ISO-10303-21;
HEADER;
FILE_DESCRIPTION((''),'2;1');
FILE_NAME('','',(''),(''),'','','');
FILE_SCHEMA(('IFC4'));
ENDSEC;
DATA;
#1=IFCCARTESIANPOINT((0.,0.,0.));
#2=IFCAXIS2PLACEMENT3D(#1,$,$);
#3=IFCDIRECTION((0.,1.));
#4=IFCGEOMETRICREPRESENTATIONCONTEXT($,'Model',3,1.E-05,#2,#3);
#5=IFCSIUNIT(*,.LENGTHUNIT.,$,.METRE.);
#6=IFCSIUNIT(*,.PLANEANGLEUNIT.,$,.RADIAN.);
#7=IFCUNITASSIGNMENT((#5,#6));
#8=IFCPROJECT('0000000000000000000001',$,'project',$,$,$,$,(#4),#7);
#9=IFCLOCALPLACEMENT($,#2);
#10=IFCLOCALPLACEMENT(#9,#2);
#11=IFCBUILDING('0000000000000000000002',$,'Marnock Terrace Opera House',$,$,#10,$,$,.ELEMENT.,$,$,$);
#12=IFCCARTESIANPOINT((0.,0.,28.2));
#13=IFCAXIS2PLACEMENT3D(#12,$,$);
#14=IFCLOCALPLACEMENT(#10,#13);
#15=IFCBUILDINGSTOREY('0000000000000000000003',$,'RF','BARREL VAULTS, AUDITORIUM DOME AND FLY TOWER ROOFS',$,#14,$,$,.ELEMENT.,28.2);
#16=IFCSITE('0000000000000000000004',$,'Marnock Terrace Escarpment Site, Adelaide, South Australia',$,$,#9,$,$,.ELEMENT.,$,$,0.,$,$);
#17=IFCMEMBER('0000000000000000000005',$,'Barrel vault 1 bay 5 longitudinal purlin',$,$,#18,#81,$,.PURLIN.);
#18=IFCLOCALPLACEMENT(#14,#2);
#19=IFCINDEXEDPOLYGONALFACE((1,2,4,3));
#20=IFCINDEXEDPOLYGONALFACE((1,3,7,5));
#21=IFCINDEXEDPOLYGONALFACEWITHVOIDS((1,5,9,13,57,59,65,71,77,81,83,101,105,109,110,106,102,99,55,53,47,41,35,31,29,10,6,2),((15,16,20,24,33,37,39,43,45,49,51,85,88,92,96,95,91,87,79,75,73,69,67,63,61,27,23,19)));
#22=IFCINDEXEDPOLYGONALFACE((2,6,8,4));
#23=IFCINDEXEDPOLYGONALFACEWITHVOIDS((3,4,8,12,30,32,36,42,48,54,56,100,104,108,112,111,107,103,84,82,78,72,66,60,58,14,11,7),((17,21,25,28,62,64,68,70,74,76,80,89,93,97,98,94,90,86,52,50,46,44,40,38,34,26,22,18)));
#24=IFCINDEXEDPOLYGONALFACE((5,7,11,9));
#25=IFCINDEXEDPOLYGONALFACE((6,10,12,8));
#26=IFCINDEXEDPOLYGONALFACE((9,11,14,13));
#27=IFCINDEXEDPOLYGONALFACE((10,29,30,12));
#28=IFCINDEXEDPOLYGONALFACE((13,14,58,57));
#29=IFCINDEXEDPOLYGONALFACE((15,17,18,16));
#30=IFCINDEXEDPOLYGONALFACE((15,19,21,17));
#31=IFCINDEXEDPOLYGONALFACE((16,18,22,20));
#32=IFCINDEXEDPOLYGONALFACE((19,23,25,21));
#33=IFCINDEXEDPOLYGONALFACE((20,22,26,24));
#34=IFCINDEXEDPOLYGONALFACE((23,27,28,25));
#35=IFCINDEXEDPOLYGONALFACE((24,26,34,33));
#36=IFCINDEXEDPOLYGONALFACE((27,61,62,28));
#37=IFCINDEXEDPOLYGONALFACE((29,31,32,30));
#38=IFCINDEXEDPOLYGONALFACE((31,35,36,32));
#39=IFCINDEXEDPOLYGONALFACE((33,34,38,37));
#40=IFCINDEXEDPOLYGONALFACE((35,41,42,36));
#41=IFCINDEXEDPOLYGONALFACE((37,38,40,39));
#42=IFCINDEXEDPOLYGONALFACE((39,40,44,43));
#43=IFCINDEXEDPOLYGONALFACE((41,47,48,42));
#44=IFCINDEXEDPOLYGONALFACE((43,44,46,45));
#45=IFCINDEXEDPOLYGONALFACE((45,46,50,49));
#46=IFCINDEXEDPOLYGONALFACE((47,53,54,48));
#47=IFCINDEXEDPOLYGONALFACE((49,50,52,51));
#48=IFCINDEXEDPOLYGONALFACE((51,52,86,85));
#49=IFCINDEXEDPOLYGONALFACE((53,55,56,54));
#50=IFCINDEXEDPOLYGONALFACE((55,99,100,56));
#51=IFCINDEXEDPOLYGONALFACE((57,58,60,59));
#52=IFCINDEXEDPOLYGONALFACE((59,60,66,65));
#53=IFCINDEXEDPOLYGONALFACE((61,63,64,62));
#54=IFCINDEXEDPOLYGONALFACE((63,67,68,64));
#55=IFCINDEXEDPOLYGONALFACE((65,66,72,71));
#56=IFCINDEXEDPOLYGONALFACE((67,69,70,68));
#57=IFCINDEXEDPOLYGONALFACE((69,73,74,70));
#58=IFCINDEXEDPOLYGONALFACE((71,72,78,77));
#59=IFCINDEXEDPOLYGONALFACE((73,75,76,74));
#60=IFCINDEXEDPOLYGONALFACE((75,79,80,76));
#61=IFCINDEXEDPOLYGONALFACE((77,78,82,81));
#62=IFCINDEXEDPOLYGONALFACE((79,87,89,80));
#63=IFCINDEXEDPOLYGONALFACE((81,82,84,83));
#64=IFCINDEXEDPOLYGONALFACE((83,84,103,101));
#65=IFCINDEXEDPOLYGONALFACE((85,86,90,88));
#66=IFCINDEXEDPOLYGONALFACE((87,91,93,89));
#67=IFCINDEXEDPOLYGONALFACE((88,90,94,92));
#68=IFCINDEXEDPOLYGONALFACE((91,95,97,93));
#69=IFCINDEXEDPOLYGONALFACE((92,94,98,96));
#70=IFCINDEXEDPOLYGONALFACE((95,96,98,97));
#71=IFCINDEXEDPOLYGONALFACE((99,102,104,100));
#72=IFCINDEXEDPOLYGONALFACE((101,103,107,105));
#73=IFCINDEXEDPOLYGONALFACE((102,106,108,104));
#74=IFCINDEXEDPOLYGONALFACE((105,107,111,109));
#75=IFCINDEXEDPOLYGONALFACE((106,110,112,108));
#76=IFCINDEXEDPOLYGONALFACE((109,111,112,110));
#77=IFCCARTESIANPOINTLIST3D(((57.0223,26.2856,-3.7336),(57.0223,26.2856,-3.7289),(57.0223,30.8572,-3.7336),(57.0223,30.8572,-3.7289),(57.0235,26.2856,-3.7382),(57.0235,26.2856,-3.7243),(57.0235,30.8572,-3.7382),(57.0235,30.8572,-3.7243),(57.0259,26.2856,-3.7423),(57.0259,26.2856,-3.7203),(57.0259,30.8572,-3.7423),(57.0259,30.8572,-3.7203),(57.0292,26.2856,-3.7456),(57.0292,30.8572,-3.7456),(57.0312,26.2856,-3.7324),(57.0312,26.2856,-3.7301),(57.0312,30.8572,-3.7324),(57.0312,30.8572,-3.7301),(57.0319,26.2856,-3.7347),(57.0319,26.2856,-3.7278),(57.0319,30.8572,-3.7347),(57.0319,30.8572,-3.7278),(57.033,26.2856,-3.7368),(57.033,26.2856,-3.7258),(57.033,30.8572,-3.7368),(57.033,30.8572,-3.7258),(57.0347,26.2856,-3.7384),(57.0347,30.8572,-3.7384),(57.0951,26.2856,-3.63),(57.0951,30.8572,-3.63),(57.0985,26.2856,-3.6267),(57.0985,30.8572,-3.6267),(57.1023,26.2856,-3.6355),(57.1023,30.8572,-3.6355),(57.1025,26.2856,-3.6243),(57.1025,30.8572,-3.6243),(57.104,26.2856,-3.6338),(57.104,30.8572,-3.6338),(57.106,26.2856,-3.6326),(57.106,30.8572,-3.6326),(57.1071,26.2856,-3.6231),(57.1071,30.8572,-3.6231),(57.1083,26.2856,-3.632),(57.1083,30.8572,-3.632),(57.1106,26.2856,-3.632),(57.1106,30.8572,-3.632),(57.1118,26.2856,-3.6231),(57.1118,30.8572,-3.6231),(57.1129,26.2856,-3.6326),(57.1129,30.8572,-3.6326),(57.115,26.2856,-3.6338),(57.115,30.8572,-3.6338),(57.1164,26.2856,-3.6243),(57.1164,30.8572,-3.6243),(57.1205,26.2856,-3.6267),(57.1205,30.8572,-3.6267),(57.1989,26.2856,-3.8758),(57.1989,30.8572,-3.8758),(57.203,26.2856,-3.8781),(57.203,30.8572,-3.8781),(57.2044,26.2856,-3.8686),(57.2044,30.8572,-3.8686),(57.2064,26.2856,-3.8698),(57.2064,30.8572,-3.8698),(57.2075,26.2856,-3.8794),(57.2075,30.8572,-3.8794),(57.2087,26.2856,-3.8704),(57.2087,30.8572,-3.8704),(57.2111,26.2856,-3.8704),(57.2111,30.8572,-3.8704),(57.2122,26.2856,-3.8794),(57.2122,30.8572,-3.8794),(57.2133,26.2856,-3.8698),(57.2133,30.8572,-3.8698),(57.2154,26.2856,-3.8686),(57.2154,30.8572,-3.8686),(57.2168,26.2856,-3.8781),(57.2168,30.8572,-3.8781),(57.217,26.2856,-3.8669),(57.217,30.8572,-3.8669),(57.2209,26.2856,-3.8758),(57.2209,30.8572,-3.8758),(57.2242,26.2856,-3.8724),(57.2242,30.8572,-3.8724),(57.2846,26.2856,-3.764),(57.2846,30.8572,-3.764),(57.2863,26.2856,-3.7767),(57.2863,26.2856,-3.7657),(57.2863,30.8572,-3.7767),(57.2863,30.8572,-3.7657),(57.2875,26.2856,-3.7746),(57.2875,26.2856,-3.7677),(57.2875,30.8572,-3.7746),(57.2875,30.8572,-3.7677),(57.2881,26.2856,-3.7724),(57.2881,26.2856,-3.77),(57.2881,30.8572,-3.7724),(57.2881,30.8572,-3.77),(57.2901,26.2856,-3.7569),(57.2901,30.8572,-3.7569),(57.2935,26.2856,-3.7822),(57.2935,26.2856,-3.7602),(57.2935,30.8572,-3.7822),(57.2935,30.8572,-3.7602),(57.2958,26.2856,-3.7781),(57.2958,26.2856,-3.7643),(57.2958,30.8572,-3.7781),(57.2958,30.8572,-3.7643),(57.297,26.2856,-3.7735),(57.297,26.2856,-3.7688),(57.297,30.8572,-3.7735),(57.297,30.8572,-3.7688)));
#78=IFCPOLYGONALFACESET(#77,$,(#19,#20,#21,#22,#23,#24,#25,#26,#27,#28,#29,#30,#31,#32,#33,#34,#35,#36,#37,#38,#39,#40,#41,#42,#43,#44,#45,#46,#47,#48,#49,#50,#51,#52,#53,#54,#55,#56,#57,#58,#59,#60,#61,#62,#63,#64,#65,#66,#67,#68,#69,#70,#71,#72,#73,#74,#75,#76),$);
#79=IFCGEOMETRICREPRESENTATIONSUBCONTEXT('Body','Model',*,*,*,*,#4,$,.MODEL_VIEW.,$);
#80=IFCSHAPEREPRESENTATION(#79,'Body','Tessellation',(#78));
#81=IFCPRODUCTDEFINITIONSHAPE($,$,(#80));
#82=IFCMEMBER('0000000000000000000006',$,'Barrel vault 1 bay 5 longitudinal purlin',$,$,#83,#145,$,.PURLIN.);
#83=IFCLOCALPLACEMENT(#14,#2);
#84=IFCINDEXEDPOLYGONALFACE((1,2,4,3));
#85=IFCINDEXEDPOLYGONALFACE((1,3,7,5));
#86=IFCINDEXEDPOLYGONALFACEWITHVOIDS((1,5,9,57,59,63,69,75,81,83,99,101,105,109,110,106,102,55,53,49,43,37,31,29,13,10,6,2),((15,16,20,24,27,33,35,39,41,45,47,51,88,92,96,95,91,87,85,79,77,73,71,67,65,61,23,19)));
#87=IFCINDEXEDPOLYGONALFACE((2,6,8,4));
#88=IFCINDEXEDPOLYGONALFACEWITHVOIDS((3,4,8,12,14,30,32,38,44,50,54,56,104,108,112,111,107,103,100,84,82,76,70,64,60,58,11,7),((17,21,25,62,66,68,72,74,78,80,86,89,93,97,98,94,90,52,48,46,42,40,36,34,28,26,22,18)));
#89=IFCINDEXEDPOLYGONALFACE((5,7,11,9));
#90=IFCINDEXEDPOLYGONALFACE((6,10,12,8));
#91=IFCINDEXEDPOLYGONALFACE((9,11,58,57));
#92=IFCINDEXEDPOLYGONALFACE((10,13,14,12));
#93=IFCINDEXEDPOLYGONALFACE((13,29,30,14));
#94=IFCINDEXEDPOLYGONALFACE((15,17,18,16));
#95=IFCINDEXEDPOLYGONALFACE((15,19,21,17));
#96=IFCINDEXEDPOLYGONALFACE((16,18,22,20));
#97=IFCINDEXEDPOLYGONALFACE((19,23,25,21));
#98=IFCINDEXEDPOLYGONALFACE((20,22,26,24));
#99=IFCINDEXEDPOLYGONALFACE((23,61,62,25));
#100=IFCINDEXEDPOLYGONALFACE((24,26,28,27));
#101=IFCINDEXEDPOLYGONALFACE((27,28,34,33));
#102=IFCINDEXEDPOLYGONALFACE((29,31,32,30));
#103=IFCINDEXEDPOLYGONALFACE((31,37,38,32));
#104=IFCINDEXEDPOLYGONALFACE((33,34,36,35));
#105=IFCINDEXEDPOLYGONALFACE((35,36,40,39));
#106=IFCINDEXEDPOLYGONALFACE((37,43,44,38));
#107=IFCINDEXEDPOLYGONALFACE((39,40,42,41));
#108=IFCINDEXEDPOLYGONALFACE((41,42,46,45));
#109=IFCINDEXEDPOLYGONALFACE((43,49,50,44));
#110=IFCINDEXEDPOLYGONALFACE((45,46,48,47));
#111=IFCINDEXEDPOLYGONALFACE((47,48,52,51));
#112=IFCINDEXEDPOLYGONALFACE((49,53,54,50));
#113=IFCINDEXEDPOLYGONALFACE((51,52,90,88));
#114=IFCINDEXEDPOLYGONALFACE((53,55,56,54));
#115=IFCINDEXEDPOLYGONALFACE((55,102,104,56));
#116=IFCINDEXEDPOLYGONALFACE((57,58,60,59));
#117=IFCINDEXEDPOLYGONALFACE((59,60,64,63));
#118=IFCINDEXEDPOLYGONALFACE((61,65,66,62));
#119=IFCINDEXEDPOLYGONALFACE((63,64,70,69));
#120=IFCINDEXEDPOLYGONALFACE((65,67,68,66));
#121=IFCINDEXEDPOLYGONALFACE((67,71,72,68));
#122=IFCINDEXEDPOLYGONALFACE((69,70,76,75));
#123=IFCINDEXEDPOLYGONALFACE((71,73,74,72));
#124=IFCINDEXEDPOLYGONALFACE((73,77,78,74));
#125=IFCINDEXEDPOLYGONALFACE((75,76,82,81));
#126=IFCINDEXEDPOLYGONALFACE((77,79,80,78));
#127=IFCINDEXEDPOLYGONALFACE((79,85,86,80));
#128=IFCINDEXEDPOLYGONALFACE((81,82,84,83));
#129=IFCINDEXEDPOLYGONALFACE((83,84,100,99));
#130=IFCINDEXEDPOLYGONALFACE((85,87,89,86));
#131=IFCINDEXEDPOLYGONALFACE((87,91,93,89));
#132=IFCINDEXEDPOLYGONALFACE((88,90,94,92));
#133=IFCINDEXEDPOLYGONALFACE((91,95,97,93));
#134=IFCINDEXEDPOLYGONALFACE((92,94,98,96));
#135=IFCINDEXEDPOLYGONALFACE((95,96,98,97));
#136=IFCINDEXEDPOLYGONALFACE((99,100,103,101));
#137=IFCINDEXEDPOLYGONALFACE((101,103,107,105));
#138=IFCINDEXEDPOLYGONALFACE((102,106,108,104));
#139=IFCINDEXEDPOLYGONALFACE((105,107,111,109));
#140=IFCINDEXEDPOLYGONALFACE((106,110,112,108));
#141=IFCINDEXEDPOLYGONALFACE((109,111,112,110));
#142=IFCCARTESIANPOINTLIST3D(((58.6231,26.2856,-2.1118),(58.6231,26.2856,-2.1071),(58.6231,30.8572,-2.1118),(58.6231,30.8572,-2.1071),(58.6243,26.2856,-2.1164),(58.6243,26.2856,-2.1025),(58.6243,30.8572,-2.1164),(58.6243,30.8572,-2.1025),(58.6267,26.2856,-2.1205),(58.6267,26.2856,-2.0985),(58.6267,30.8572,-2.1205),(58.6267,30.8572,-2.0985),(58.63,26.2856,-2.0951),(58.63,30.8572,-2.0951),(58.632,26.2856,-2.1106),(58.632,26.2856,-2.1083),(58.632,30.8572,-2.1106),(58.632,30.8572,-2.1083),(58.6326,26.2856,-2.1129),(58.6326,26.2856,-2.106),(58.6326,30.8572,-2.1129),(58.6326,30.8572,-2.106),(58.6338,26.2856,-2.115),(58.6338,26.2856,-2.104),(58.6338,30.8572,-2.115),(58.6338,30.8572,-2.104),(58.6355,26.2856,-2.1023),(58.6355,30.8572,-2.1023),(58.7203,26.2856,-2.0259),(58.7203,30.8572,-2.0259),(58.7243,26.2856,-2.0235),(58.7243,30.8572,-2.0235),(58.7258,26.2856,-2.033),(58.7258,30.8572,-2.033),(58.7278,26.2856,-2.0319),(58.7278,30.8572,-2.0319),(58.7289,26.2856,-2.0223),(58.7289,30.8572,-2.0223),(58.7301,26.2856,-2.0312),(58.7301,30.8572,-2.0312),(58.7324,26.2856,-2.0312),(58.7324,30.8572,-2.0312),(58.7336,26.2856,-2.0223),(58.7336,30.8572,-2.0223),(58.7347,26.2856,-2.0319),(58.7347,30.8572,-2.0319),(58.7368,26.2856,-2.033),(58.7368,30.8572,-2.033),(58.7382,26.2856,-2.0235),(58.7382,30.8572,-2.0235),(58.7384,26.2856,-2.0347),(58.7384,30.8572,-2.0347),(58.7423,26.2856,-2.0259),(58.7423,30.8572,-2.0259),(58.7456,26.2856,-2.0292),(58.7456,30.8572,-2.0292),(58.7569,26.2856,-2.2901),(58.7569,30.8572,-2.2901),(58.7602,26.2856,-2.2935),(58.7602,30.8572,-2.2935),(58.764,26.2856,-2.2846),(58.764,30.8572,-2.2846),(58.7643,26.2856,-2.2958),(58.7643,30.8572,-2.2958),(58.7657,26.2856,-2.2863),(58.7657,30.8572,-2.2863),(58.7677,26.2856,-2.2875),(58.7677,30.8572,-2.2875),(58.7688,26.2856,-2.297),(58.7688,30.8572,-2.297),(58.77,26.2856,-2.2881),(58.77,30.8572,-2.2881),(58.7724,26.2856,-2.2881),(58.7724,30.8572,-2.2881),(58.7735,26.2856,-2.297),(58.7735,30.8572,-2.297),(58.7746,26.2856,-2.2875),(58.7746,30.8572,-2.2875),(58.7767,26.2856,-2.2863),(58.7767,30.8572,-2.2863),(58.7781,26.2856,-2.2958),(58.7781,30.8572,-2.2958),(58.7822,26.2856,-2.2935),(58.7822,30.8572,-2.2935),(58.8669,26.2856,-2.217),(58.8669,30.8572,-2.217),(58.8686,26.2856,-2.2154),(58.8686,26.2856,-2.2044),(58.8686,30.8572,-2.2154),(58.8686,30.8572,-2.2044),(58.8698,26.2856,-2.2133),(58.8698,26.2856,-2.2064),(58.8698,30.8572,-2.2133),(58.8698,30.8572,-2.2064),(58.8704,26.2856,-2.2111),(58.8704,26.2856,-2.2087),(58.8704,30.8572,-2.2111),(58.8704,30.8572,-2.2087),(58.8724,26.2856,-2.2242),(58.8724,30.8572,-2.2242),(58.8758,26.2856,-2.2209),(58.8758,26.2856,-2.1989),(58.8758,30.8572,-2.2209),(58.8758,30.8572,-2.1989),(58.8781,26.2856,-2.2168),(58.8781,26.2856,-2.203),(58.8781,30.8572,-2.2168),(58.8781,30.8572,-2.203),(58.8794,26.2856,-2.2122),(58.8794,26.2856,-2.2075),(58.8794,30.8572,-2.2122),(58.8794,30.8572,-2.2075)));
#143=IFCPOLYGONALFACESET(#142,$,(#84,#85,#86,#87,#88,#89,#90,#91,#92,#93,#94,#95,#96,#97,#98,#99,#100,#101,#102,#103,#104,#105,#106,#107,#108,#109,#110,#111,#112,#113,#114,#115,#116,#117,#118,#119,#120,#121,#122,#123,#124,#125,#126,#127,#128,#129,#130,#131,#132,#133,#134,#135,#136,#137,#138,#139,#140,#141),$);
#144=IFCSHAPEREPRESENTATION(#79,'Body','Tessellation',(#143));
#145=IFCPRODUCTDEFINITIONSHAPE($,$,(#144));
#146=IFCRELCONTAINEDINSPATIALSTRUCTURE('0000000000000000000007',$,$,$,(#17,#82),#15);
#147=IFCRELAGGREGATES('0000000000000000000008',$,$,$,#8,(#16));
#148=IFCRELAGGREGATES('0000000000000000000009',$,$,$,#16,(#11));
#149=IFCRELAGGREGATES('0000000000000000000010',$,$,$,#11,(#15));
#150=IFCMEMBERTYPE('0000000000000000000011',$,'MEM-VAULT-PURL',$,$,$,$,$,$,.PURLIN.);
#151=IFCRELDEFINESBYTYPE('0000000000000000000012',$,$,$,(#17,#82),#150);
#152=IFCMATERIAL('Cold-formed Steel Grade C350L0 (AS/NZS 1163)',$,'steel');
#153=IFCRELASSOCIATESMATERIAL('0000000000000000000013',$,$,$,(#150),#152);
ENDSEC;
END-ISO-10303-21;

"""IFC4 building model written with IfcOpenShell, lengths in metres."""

from ifc_helpers import new_model, si_unit, direction, frame, origin, origin_2d, place, context, subcontext, project, spatial, hollow_rectangle, extrude, material, material_profile, profile_set, type_object, element, save


model = new_model("IFC4")

# Units and contexts
model_context = context("Model", 3, precision=1e-05, world=origin(), true_north=direction((0.0, 1.0)))
body_context = subcontext(model_context, "Body", "Model", "MODEL_VIEW")
ifc_project = project(units=[si_unit("LENGTHUNIT", "METRE"), si_unit("PLANEANGLEUNIT", "RADIAN")], contexts=[model_context])

# Site, building, storey
site_placement = place(None, origin())
site = spatial("IfcSite", under=ifc_project, at=site_placement, Name="Marnock Terrace Escarpment Site, Adelaide, South Australia", CompositionType="ELEMENT", RefElevation=0.0)
building_placement = place(site_placement, origin())
building = spatial("IfcBuilding", under=site, at=building_placement, Name="Marnock Terrace Opera House", CompositionType="ELEMENT")
storey_placement = place(building_placement, frame((0.0, 0.0, 28.2)))
storey = spatial("IfcBuildingStorey", under=building, at=storey_placement, Name="RF", Description="BARREL VAULTS, AUDITORIUM DOME AND FLY TOWER ROOFS", CompositionType="ELEMENT", Elevation=28.2)

# Members
ifc_material_1 = material(Name="Cold-formed Steel Grade C350L0 (AS/NZS 1163)", Category="steel")
ifc_material_profile_1 = material_profile(ifc_material_1, hollow_rectangle(XDim=0.1499, YDim=0.25, WallThickness=0.009, InnerFilletRadius=0.009, OuterFilletRadius=0.0181, at=origin_2d()))
ifc_profile_set_1 = profile_set([ifc_material_profile_1], Name="Cold-formed Steel Grade C350L0 (AS/NZS 1163)")
member_type_1 = type_object("IfcMemberType", Name="MEM-VAULT-PURL", PredefinedType="PURLIN", material=ifc_profile_set_1)
for number, where, z_axis, x_axis, name in (
    (1, (57.1597, 26.2856, -3.7512), (0.0, 1.0, 0.0), (-0.608761, 0.0, -0.793353), "Barrel vault 1 bay 5 longitudinal purlin"),
    (2, (58.7512, 26.2856, -2.1597), (0.0, 1.0, 0.0), (-0.793353, 0.0, -0.608761), "Barrel vault 1 bay 5 longitudinal purlin"),
):
    element("IfcMember", number, at=place(storey_placement, frame(where, z_axis=z_axis, x_axis=x_axis)), inside=storey, type_object=member_type_1, Name=name, PredefinedType="PURLIN", context=body_context, shape_type="SweptSolid", body=[
        extrude(hollow_rectangle(XDim=0.1499, YDim=0.25, WallThickness=0.009, InnerFilletRadius=0.009, OuterFilletRadius=0.0181, at=origin_2d()), origin(), (0.0, 0.0, 1.0), 4.5715),
    ])

save(model, "model.ifc")
